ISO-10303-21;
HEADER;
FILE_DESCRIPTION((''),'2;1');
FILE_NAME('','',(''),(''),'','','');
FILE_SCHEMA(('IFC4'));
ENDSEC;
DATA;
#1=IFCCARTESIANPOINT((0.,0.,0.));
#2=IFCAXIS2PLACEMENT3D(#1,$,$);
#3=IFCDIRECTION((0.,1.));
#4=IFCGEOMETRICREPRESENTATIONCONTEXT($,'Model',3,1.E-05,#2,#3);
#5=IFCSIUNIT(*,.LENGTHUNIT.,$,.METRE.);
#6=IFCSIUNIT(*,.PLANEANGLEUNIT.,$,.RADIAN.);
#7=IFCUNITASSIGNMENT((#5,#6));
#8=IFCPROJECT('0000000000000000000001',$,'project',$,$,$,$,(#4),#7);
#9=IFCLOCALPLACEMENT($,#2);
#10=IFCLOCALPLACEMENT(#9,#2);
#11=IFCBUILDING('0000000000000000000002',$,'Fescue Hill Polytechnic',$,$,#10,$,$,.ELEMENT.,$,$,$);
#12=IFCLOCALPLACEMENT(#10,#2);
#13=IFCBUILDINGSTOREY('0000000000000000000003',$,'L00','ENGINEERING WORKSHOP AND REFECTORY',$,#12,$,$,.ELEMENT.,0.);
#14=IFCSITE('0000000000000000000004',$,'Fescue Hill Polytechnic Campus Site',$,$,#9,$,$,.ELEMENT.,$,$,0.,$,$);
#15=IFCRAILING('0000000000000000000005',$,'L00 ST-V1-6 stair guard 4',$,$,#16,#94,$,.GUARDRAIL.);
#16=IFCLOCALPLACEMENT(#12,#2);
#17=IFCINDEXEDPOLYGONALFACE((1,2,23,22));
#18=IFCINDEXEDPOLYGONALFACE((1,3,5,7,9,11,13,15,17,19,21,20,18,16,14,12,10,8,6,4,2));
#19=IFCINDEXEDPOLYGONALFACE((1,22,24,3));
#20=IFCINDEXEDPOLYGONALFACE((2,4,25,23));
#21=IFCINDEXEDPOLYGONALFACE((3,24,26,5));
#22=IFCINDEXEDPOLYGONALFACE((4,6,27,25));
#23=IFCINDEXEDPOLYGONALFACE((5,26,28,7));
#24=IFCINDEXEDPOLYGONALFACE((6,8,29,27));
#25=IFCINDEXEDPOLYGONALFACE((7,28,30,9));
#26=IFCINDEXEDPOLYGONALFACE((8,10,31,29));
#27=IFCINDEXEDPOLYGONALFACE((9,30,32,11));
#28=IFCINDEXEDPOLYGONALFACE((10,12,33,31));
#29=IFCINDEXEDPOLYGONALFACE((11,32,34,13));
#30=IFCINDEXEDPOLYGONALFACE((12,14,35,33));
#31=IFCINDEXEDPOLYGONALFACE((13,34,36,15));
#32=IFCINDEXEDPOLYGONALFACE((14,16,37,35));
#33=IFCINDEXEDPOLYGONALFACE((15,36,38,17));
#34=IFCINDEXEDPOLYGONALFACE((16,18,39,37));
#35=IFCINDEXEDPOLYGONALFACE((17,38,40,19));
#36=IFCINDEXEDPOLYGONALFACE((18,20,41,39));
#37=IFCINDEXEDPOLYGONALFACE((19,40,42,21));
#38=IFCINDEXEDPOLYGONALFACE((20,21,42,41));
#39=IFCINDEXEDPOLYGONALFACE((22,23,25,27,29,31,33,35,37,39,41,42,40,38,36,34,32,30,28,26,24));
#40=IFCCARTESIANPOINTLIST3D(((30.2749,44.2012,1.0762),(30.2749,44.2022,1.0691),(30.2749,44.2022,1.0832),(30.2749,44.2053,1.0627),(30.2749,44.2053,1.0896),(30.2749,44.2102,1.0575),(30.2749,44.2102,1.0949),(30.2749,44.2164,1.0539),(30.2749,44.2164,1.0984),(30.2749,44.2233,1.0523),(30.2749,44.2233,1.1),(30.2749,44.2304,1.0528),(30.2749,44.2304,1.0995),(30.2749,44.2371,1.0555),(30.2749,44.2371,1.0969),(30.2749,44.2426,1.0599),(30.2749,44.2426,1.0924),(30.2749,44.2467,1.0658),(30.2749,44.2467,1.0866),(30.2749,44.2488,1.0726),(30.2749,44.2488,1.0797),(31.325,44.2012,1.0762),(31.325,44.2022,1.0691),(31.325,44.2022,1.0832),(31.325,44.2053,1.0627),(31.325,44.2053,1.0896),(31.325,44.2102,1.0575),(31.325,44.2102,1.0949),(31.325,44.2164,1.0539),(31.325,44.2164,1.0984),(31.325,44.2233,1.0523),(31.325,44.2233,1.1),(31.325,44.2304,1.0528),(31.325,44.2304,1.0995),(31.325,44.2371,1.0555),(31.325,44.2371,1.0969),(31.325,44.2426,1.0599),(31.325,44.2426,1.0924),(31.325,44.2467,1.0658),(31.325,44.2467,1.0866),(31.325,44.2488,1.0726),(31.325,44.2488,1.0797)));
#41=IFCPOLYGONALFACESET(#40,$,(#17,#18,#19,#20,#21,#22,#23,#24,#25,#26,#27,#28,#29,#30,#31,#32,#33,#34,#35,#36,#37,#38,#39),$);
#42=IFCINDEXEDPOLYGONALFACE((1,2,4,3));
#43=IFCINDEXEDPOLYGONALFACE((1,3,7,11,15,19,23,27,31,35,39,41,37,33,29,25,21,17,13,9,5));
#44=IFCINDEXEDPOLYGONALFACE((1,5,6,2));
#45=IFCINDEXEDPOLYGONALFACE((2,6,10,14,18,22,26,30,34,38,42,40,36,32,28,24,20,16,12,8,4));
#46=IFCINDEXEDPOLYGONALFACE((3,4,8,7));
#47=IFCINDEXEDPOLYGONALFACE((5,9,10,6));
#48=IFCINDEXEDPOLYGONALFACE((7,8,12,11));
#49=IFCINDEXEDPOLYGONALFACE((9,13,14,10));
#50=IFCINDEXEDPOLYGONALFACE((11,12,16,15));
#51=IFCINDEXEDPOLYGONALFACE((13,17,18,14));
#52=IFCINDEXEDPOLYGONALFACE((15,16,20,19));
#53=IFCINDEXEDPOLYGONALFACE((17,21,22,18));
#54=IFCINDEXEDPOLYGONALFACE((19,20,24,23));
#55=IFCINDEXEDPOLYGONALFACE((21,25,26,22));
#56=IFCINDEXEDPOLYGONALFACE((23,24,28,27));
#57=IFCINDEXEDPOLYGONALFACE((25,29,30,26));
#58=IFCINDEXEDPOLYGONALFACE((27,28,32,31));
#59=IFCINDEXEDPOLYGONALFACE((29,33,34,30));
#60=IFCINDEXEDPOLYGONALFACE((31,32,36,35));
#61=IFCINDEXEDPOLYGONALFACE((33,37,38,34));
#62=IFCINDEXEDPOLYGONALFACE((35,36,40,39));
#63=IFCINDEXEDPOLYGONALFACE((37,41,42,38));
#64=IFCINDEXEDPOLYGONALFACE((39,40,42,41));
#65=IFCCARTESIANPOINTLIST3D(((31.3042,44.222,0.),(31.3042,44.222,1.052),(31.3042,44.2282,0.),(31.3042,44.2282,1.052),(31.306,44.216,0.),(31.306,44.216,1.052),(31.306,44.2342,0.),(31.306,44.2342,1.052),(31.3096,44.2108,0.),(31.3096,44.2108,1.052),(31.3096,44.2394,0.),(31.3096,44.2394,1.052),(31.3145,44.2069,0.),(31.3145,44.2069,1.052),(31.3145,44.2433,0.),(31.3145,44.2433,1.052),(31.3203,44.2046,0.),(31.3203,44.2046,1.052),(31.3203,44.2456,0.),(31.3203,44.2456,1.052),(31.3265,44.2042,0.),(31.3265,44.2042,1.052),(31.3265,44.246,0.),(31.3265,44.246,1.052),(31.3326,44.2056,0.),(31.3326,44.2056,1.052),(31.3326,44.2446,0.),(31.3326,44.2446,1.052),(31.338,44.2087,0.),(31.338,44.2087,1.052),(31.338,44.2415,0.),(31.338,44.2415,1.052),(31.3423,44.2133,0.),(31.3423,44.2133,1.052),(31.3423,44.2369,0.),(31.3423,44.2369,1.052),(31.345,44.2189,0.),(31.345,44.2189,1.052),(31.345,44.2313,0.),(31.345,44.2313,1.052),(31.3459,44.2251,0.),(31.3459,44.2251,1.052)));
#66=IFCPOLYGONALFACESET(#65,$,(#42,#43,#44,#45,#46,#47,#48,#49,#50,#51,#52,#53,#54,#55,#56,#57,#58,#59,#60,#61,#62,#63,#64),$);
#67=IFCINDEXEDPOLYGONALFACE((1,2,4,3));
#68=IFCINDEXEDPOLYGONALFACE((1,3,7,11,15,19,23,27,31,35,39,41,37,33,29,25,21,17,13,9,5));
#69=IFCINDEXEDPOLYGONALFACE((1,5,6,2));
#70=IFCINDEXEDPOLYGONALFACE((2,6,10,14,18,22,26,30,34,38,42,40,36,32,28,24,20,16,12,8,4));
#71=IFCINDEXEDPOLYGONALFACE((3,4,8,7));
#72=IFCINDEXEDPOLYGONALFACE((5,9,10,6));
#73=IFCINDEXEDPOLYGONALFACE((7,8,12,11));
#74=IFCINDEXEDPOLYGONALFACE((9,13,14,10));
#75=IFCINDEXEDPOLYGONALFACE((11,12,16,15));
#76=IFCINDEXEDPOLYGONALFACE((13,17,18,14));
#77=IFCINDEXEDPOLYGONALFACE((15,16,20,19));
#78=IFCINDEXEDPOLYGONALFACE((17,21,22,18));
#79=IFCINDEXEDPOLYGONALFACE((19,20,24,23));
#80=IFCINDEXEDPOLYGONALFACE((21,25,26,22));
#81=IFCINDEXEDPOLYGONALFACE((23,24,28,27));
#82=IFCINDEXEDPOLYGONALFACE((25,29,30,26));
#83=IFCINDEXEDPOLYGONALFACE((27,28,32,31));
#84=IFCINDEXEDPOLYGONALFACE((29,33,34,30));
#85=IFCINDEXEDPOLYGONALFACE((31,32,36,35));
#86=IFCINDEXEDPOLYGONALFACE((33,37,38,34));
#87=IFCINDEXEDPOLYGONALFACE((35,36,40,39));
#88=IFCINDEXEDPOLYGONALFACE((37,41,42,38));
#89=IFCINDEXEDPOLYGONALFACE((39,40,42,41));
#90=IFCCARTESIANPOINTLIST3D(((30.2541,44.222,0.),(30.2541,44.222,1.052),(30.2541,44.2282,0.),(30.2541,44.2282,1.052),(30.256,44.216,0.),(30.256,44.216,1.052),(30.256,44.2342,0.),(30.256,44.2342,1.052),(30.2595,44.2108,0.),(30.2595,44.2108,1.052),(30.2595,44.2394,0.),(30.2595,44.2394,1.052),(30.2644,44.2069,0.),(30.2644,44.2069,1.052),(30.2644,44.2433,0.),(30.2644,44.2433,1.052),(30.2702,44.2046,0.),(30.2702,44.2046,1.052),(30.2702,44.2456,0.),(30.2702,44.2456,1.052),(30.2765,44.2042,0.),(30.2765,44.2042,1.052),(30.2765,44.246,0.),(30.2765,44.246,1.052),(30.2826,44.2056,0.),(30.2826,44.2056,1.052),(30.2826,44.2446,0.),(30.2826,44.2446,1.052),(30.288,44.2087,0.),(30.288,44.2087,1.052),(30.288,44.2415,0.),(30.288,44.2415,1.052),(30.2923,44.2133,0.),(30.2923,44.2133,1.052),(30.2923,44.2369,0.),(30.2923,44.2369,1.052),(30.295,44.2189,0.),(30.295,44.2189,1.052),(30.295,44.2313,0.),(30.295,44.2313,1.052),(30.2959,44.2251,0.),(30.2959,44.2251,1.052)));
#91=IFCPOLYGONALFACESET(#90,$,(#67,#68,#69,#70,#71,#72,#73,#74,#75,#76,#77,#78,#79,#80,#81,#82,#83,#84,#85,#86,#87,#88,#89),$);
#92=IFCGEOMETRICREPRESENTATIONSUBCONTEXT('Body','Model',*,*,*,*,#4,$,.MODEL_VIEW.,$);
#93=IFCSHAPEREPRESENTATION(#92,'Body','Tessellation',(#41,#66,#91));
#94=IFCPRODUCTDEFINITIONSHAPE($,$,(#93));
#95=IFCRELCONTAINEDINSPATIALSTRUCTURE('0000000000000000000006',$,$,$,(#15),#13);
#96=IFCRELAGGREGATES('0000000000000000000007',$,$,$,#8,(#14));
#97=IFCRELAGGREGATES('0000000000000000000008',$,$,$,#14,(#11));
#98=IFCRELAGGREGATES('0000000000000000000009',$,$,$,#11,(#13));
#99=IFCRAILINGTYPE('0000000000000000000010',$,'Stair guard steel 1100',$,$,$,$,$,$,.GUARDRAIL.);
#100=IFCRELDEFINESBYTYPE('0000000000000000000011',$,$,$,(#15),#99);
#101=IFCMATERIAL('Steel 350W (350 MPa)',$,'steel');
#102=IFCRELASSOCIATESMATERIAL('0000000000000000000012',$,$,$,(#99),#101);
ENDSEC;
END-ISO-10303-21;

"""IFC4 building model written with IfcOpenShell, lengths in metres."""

from ifc_helpers import new_model, si_unit, direction, frame, origin, origin_2d, place, context, subcontext, project, spatial, circle, extrude, material, type_object, element, save


model = new_model("IFC4")

# Units and contexts
model_context = context("Model", 3, precision=1e-05, world=origin(), true_north=direction((0.0, 1.0)))
body_context = subcontext(model_context, "Body", "Model", "MODEL_VIEW")
ifc_project = project(units=[si_unit("LENGTHUNIT", "METRE"), si_unit("PLANEANGLEUNIT", "RADIAN")], contexts=[model_context])

# Site, building, storey
site_placement = place(None, origin())
site = spatial("IfcSite", under=ifc_project, at=site_placement, Name="Fescue Hill Polytechnic Campus Site", CompositionType="ELEMENT", RefElevation=0.0)
building_placement = place(site_placement, origin())
building = spatial("IfcBuilding", under=site, at=building_placement, Name="Fescue Hill Polytechnic", CompositionType="ELEMENT")
storey_placement = place(building_placement, origin())
storey = spatial("IfcBuildingStorey", under=building, at=storey_placement, Name="L00", Description="ENGINEERING WORKSHOP AND REFECTORY", CompositionType="ELEMENT", Elevation=0.0)

# Railing
ifc_material_1 = material(Name="Steel 350W (350 MPa)", Category="steel")
railing_type_1 = type_object("IfcRailingType", Name="Stair guard steel 1100", PredefinedType="GUARDRAIL", material=ifc_material_1)
railing_1_placement = place(storey_placement, frame((31.325, 44.2251, 0.0)))
element("IfcRailing", 1, at=railing_1_placement, inside=storey, type_object=railing_type_1, Name="L00 ST-V1-6 stair guard 4", PredefinedType="GUARDRAIL", context=body_context, shape_type="SweptSolid", body=[
    extrude(circle(Radius=0.0239, at=origin_2d()), frame((0.0, 0.0, 1.0762), z_axis=(-1.0, 0.0, 0.0), x_axis=(0.0, -1.0, 0.0)), (0.0, 0.0, 1.0), 1.05),
    extrude(circle(Radius=0.021, at=origin_2d()), origin(), (0.0, 0.0, 1.0), 1.052),
    extrude(circle(Radius=0.021, at=origin_2d()), frame((-1.05, 0.0, 0.0)), (0.0, 0.0, 1.0), 1.052),
])

save(model, "model.ifc")
